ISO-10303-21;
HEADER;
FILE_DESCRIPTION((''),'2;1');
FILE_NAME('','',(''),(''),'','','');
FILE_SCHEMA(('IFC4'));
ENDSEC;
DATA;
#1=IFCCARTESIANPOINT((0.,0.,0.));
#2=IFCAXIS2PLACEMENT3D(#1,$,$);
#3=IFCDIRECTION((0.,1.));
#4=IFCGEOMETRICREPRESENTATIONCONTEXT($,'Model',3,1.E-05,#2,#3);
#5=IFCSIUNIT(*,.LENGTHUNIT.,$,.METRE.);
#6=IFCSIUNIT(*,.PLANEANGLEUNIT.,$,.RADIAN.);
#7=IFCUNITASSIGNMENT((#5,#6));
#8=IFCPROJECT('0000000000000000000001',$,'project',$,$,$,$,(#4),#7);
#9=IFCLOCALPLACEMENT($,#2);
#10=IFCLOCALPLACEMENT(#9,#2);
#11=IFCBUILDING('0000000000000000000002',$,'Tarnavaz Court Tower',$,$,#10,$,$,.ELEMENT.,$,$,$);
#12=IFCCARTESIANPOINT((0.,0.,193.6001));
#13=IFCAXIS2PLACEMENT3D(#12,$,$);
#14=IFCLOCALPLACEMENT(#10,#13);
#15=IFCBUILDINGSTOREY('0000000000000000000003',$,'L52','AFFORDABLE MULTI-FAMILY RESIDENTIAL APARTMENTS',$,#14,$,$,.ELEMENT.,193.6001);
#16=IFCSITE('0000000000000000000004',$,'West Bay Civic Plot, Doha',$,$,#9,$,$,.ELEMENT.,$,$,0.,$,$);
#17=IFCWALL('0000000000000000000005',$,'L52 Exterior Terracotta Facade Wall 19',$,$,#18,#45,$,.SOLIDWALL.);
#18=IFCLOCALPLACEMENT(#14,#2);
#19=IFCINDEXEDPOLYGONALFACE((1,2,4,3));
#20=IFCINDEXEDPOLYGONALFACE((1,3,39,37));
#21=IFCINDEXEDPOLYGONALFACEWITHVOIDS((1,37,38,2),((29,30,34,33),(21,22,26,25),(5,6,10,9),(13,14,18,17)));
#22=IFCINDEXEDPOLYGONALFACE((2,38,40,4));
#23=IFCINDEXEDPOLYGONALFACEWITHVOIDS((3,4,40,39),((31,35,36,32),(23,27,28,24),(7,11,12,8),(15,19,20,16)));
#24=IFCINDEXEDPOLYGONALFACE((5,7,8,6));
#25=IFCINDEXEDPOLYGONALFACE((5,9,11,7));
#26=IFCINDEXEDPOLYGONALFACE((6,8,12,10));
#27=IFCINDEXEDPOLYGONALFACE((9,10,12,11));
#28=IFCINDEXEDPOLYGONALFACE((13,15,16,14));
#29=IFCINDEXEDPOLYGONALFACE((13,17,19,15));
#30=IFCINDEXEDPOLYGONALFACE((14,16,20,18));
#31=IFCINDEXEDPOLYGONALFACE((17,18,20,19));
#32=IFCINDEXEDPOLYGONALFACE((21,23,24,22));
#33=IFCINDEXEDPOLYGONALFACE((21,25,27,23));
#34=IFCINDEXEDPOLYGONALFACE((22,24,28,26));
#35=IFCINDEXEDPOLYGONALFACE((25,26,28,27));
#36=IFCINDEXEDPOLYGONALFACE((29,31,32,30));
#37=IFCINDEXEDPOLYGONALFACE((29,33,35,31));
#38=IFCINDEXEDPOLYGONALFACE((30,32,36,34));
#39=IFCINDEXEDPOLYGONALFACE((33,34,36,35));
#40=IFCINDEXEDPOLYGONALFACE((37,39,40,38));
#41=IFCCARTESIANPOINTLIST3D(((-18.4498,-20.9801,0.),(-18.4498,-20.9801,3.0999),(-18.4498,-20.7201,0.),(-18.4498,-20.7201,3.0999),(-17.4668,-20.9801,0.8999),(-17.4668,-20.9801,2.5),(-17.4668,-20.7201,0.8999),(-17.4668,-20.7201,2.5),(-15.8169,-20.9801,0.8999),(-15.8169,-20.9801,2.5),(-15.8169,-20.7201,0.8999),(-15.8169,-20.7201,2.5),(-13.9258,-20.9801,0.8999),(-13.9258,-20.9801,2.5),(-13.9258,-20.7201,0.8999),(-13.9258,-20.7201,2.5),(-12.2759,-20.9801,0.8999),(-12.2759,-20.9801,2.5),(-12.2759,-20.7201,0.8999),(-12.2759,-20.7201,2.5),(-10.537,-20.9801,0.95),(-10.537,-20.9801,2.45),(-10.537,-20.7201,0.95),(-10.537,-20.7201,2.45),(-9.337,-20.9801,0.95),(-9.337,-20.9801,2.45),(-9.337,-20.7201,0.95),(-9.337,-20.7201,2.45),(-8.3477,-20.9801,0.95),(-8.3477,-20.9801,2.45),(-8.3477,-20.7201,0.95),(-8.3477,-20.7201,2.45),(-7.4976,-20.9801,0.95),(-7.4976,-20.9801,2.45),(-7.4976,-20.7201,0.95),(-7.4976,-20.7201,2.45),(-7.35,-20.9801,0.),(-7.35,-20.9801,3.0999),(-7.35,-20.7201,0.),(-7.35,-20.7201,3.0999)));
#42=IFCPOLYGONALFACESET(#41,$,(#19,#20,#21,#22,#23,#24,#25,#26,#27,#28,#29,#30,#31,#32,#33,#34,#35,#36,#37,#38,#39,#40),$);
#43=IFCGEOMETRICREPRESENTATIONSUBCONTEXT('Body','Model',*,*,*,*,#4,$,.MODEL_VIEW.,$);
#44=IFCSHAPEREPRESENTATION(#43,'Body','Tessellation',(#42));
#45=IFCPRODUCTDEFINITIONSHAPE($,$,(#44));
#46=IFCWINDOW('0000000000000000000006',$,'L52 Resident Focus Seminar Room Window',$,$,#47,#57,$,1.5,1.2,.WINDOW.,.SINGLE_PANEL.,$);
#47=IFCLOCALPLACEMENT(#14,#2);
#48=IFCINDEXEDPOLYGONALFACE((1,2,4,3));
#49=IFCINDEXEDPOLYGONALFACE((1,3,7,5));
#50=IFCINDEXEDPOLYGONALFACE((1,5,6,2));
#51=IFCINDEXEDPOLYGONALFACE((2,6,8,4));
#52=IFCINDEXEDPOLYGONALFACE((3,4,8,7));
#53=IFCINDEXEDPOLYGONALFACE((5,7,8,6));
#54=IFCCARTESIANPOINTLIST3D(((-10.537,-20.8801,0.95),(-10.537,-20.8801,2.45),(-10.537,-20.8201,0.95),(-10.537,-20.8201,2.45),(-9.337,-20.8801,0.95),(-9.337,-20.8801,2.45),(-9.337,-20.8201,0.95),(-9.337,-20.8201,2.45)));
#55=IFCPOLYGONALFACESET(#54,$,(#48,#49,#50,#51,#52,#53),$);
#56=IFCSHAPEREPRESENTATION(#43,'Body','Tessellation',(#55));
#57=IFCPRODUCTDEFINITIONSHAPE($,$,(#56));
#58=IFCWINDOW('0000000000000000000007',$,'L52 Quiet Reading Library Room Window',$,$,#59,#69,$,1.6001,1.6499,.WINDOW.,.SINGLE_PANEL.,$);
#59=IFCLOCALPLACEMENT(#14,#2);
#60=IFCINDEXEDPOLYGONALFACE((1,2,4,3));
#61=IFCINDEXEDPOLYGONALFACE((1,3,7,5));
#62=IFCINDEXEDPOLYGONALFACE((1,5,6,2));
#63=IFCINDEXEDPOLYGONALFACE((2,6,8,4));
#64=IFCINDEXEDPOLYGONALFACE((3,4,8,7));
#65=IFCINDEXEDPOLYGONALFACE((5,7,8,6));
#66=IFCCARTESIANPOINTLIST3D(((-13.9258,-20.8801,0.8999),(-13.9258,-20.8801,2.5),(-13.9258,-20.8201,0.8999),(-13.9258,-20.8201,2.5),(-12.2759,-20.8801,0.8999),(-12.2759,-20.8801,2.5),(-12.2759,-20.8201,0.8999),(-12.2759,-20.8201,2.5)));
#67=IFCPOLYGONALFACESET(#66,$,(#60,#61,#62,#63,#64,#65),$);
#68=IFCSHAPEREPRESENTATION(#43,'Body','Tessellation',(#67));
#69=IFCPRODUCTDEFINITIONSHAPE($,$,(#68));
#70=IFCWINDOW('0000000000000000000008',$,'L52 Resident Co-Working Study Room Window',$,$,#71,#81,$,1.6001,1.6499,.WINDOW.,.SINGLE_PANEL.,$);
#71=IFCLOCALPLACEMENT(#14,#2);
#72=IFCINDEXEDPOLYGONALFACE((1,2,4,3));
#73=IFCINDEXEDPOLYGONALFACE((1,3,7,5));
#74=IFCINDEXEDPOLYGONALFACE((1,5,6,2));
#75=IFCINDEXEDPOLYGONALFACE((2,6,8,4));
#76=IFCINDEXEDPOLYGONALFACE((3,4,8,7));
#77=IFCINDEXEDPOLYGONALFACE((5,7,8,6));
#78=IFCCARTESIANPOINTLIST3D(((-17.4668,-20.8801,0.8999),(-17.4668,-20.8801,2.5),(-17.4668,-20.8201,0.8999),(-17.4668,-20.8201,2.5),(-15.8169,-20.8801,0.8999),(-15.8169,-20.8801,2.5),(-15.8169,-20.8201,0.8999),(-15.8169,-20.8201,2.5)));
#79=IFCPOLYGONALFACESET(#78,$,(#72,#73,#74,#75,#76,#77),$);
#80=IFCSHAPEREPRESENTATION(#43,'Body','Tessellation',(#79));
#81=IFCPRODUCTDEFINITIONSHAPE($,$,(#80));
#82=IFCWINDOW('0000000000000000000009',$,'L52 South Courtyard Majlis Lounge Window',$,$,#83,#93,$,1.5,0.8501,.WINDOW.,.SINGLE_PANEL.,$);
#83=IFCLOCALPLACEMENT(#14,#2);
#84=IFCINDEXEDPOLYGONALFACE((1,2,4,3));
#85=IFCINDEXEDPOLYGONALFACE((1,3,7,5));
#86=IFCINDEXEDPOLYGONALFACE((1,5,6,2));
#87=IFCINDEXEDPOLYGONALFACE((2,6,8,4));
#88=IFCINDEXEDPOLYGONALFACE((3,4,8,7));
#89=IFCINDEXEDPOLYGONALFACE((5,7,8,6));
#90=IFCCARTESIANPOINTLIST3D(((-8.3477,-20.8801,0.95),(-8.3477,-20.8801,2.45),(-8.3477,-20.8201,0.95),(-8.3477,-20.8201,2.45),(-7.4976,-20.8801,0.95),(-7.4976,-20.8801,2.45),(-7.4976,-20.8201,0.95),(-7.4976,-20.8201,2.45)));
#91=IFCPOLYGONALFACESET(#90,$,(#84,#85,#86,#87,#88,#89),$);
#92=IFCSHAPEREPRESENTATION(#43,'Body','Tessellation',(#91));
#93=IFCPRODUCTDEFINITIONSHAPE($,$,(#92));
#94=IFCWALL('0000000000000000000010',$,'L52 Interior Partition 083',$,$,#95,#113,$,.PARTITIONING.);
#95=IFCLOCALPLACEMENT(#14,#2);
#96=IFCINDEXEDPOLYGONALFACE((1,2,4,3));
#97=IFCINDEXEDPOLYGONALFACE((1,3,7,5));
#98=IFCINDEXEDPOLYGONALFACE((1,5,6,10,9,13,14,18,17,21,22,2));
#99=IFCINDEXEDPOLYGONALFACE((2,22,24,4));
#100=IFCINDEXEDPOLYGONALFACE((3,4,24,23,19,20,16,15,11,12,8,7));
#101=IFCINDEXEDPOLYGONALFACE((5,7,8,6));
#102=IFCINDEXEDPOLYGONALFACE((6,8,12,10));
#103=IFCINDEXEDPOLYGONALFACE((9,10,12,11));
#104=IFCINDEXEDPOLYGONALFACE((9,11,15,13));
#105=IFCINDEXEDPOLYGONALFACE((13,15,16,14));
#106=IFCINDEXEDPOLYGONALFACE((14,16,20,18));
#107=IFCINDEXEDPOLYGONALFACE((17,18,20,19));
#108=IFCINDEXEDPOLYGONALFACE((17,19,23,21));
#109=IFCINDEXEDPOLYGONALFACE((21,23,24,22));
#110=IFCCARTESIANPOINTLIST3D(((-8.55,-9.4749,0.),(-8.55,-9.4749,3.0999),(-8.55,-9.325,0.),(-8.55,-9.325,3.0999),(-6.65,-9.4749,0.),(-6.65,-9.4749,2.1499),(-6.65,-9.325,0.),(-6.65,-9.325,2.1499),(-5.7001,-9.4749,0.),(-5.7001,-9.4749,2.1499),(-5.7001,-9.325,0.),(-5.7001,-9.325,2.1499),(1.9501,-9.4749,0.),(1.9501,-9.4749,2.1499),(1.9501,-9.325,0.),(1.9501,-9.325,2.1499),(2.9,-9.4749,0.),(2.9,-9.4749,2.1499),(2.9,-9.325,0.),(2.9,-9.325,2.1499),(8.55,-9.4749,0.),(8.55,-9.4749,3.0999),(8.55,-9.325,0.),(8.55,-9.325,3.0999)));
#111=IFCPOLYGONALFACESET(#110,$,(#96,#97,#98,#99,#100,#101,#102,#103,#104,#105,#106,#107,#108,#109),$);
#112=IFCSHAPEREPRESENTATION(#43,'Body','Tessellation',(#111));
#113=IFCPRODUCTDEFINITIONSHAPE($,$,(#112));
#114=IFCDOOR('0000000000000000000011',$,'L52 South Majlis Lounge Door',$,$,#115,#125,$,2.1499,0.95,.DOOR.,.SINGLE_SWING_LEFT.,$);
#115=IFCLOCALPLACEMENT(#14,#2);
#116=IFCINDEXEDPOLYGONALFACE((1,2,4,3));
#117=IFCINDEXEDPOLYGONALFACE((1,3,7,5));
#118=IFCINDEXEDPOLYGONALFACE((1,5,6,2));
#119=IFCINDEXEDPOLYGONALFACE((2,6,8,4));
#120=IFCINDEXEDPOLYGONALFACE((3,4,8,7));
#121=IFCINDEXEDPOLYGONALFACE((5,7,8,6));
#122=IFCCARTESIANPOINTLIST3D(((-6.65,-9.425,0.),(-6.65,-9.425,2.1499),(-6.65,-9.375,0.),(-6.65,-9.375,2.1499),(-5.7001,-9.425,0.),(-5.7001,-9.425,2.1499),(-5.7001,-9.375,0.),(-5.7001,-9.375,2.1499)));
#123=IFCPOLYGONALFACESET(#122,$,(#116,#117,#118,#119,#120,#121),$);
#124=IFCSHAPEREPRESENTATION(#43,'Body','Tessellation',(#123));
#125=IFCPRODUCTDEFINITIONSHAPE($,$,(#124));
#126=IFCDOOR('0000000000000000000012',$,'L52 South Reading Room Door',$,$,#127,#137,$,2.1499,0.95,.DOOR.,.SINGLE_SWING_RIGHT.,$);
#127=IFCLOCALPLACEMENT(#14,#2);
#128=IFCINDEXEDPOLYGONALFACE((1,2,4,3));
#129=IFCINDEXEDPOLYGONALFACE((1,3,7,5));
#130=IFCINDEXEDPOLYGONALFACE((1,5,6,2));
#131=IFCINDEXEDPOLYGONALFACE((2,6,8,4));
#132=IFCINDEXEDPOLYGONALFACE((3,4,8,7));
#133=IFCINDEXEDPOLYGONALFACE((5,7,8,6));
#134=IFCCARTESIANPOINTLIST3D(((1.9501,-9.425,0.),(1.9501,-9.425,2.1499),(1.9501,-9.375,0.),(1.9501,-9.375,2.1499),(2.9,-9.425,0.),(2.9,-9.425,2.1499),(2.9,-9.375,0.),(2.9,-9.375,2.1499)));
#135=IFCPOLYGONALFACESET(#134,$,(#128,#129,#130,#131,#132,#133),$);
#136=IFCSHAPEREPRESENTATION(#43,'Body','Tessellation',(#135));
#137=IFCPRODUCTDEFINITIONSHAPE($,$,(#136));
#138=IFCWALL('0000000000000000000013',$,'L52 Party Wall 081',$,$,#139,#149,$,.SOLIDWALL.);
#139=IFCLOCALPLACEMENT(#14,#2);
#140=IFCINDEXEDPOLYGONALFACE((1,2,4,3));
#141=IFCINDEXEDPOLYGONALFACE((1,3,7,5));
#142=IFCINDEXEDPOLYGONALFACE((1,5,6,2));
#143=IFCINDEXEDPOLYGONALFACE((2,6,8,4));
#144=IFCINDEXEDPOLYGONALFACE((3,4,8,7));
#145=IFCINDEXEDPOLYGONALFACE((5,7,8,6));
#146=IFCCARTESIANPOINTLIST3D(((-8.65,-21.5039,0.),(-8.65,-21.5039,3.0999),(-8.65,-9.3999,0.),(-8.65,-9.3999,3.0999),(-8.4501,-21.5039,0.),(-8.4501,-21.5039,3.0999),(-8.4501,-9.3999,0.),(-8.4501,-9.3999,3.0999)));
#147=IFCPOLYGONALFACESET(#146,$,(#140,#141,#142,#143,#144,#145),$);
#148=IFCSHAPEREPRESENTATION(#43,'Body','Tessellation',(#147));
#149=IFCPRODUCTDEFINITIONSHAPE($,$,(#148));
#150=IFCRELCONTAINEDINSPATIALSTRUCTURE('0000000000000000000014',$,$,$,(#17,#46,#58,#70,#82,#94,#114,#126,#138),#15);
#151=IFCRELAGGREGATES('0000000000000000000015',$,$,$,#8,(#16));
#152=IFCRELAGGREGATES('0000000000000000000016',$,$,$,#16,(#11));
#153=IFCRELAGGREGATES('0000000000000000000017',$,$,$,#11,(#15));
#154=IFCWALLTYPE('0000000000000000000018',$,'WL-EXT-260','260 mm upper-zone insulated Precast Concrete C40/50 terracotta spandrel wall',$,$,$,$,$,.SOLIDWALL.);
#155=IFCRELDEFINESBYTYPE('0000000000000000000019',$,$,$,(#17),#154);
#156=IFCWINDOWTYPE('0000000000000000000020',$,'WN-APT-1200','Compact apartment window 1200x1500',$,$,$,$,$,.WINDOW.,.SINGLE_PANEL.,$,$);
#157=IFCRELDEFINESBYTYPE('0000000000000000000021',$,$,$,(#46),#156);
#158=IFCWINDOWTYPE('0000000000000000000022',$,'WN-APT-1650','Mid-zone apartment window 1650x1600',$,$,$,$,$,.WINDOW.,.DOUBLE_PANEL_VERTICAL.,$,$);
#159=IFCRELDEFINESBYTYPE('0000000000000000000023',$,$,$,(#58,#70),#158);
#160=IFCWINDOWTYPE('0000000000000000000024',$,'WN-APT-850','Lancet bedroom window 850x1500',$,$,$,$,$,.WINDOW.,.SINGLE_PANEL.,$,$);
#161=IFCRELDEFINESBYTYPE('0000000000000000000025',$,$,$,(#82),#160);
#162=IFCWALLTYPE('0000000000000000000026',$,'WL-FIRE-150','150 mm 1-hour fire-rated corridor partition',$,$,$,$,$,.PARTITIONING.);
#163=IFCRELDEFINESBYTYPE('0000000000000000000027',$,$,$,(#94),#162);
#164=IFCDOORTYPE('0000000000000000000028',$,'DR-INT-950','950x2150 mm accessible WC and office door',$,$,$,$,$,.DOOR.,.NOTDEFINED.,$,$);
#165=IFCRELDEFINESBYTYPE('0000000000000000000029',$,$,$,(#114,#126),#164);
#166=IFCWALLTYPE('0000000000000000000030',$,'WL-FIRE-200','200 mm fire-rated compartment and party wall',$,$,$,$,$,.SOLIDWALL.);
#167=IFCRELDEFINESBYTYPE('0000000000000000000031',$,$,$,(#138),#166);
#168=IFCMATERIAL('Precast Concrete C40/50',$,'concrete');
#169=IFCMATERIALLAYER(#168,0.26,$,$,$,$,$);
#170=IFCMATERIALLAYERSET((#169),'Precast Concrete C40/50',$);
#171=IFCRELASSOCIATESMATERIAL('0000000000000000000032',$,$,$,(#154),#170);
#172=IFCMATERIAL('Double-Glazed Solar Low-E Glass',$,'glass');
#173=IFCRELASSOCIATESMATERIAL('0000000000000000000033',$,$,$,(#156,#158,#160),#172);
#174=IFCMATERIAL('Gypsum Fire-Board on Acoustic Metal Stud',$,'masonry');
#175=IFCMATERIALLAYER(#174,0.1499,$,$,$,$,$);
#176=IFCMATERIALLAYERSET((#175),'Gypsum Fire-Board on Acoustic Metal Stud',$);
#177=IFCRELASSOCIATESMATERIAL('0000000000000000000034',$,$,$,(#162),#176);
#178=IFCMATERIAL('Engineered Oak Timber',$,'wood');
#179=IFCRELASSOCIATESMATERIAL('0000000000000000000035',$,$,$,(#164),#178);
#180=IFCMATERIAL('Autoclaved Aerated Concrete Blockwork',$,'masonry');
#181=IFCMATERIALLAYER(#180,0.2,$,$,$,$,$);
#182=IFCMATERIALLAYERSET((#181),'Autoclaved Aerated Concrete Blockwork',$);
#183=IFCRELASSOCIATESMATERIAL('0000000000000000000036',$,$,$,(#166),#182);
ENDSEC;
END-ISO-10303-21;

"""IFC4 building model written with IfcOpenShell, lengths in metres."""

from ifc_helpers import new_model, si_unit, direction, frame, frame_2d, origin, place, context, subcontext, project, spatial, rectangle, extrude, material, layer, layer_set, type_object, element, fill, save


model = new_model("IFC4")

# Units and contexts
model_context = context("Model", 3, precision=1e-05, world=origin(), true_north=direction((0.0, 1.0)))
body_context = subcontext(model_context, "Body", "Model", "MODEL_VIEW")
ifc_project = project(units=[si_unit("LENGTHUNIT", "METRE"), si_unit("PLANEANGLEUNIT", "RADIAN")], contexts=[model_context])

# Site, building, storey
site_placement = place(None, origin())
site = spatial("IfcSite", under=ifc_project, at=site_placement, Name="West Bay Civic Plot, Doha", CompositionType="ELEMENT", RefElevation=0.0)
building_placement = place(site_placement, origin())
building = spatial("IfcBuilding", under=site, at=building_placement, Name="Tarnavaz Court Tower", CompositionType="ELEMENT")
storey_placement = place(building_placement, frame((0.0, 0.0, 193.6001)))
storey = spatial("IfcBuildingStorey", under=building, at=storey_placement, Name="L52", Description="AFFORDABLE MULTI-FAMILY RESIDENTIAL APARTMENTS", CompositionType="ELEMENT", Elevation=193.6001)

# Shared definitions
ifc_material_1 = material(Name="Double-Glazed Solar Low-E Glass", Category="glass")

# Shared definitions
ifc_material_2 = material(Name="Precast Concrete C40/50", Category="concrete")
ifc_layer_1 = layer(ifc_material_2, 0.26)
ifc_layer_set_1 = layer_set([ifc_layer_1], Name="Precast Concrete C40/50")
wall_type_1 = type_object("IfcWallType", Name="WL-EXT-260", Description="260 mm upper-zone insulated Precast Concrete C40/50 terracotta spandrel wall", PredefinedType="SOLIDWALL", material=ifc_layer_set_1)
window_type_1 = type_object("IfcWindowType", Name="WN-APT-1200", Description="Compact apartment window 1200x1500", PartitioningType="SINGLE_PANEL", PredefinedType="WINDOW", material=ifc_material_1)

# Wall, openings, windows
wall_1_placement = place(storey_placement, frame((-7.3501, -20.8501, 0.0), z_axis=(0.0, 0.0, 1.0), x_axis=(-1.0, 0.0, 0.0)))
wall_1 = element("IfcWall", 1, at=wall_1_placement, inside=storey, type_object=wall_type_1, Name="L52 Exterior Terracotta Facade Wall 19", PredefinedType="SOLIDWALL", context=body_context, shape_type="SweptSolid", body=[
    extrude(rectangle(XDim=11.0999, YDim=0.26, at=frame_2d((5.5498, 0.0))), origin(), (0.0, 0.0, 1.0), 3.0999),
])
opening_1_placement = place(wall_1_placement, frame((0.1475, 0.0, 0.95)))
opening_1 = element("IfcOpeningElement", 2, at=opening_1_placement, cuts=wall_1, PredefinedType="OPENING", context=body_context, shape_type="SweptSolid", body=[
    extrude(rectangle(XDim=0.8501, YDim=1.5, at=frame_2d((0.425, 0.75))), frame((0.0, 0.1399, 0.0), z_axis=(0.0, -1.0, 0.0), x_axis=(1.0, 0.0, 0.0)), (0.0, 0.0, 1.0), 0.28),
])
opening_2_placement = place(wall_1_placement, frame((1.9868, 0.0, 0.95)))
opening_2 = element("IfcOpeningElement", 3, at=opening_2_placement, cuts=wall_1, PredefinedType="OPENING", context=body_context, shape_type="SweptSolid", body=[
    extrude(rectangle(XDim=1.2, YDim=1.5, at=frame_2d((0.6001, 0.75))), frame((0.0, 0.1399, 0.0), z_axis=(0.0, -1.0, 0.0), x_axis=(1.0, 0.0, 0.0)), (0.0, 0.0, 1.0), 0.28),
])
opening_3_placement = place(wall_1_placement, frame((4.9258, 0.0, 0.8999)))
opening_3 = element("IfcOpeningElement", 4, at=opening_3_placement, cuts=wall_1, PredefinedType="OPENING", context=body_context, shape_type="SweptSolid", body=[
    extrude(rectangle(XDim=1.6499, YDim=1.6001, at=frame_2d((0.825, 0.8))), frame((0.0, 0.1399, 0.0), z_axis=(0.0, -1.0, 0.0), x_axis=(1.0, 0.0, 0.0)), (0.0, 0.0, 1.0), 0.28),
])
opening_4_placement = place(wall_1_placement, frame((8.4668, 0.0, 0.8999)))
opening_4 = element("IfcOpeningElement", 5, at=opening_4_placement, cuts=wall_1, PredefinedType="OPENING", context=body_context, shape_type="SweptSolid", body=[
    extrude(rectangle(XDim=1.6499, YDim=1.6001, at=frame_2d((0.825, 0.8))), frame((0.0, 0.1399, 0.0), z_axis=(0.0, -1.0, 0.0), x_axis=(1.0, 0.0, 0.0)), (0.0, 0.0, 1.0), 0.28),
])
window_1_placement = place(opening_2_placement, origin())
window_1 = element("IfcWindow", 6, at=window_1_placement, inside=storey, type_object=window_type_1, Name="L52 Resident Focus Seminar Room Window", OverallHeight=1.5, OverallWidth=1.2, PartitioningType="SINGLE_PANEL", PredefinedType="WINDOW", context=body_context, shape_type="SweptSolid", body=[
    extrude(rectangle(XDim=1.2, YDim=1.5, at=frame_2d((0.6001, 0.75))), frame((0.0, 0.03, 0.0), z_axis=(0.0, -1.0, 0.0), x_axis=(1.0, 0.0, 0.0)), (0.0, 0.0, 1.0), 0.0601),
])
fill(opening_2, window_1)
window_type_2 = type_object("IfcWindowType", Name="WN-APT-1650", Description="Mid-zone apartment window 1650x1600", PartitioningType="DOUBLE_PANEL_VERTICAL", PredefinedType="WINDOW", material=ifc_material_1)
window_2_placement = place(opening_3_placement, origin())
window_2 = element("IfcWindow", 7, at=window_2_placement, inside=storey, type_object=window_type_2, Name="L52 Quiet Reading Library Room Window", OverallHeight=1.6001, OverallWidth=1.6499, PartitioningType="SINGLE_PANEL", PredefinedType="WINDOW", context=body_context, shape_type="SweptSolid", body=[
    extrude(rectangle(XDim=1.6499, YDim=1.6001, at=frame_2d((0.825, 0.8))), frame((0.0, 0.03, 0.0), z_axis=(0.0, -1.0, 0.0), x_axis=(1.0, 0.0, 0.0)), (0.0, 0.0, 1.0), 0.0601),
])
fill(opening_3, window_2)
window_3_placement = place(opening_4_placement, origin())
window_3 = element("IfcWindow", 8, at=window_3_placement, inside=storey, type_object=window_type_2, Name="L52 Resident Co-Working Study Room Window", OverallHeight=1.6001, OverallWidth=1.6499, PartitioningType="SINGLE_PANEL", PredefinedType="WINDOW", context=body_context, shape_type="SweptSolid", body=[
    extrude(rectangle(XDim=1.6499, YDim=1.6001, at=frame_2d((0.825, 0.8))), frame((0.0, 0.03, 0.0), z_axis=(0.0, -1.0, 0.0), x_axis=(1.0, 0.0, 0.0)), (0.0, 0.0, 1.0), 0.0601),
])
fill(opening_4, window_3)
window_type_3 = type_object("IfcWindowType", Name="WN-APT-850", Description="Lancet bedroom window 850x1500", PartitioningType="SINGLE_PANEL", PredefinedType="WINDOW", material=ifc_material_1)
window_4_placement = place(opening_1_placement, origin())
window_4 = element("IfcWindow", 9, at=window_4_placement, inside=storey, type_object=window_type_3, Name="L52 South Courtyard Majlis Lounge Window", OverallHeight=1.5, OverallWidth=0.8501, PartitioningType="SINGLE_PANEL", PredefinedType="WINDOW", context=body_context, shape_type="SweptSolid", body=[
    extrude(rectangle(XDim=0.8501, YDim=1.5, at=frame_2d((0.425, 0.75))), frame((0.0, 0.03, 0.0), z_axis=(0.0, -1.0, 0.0), x_axis=(1.0, 0.0, 0.0)), (0.0, 0.0, 1.0), 0.0601),
])
fill(opening_1, window_4)

# Wall, openings, doors
ifc_material_3 = material(Name="Gypsum Fire-Board on Acoustic Metal Stud", Category="masonry")
ifc_layer_2 = layer(ifc_material_3, 0.1499)
ifc_layer_set_2 = layer_set([ifc_layer_2], Name="Gypsum Fire-Board on Acoustic Metal Stud")
wall_type_2 = type_object("IfcWallType", Name="WL-FIRE-150", Description="150 mm 1-hour fire-rated corridor partition", PredefinedType="PARTITIONING", material=ifc_layer_set_2)
wall_2_placement = place(storey_placement, frame((-8.55, -9.3999, 0.0), z_axis=(0.0, 0.0, 1.0), x_axis=(1.0, 0.0, 0.0)))
wall_2 = element("IfcWall", 10, at=wall_2_placement, inside=storey, type_object=wall_type_2, Name="L52 Interior Partition 083", PredefinedType="PARTITIONING", context=body_context, shape_type="SweptSolid", body=[
    extrude(rectangle(XDim=17.1001, YDim=0.1499, at=frame_2d((8.55, 0.0))), origin(), (0.0, 0.0, 1.0), 3.0999),
])
opening_5_placement = place(wall_2_placement, frame((1.8999, 0.0, 0.0)))
opening_5 = element("IfcOpeningElement", 11, at=opening_5_placement, cuts=wall_2, PredefinedType="OPENING", context=body_context, shape_type="SweptSolid", body=[
    extrude(rectangle(XDim=0.95, YDim=2.1499, at=frame_2d((0.4751, 1.075))), frame((0.0, 0.085, 0.0), z_axis=(0.0, -1.0, 0.0), x_axis=(1.0, 0.0, 0.0)), (0.0, 0.0, 1.0), 0.1699),
])
opening_6_placement = place(wall_2_placement, frame((10.5, 0.0, 0.0)))
opening_6 = element("IfcOpeningElement", 12, at=opening_6_placement, cuts=wall_2, PredefinedType="OPENING", context=body_context, shape_type="SweptSolid", body=[
    extrude(rectangle(XDim=0.95, YDim=2.1499, at=frame_2d((0.4751, 1.075))), frame((0.0, 0.085, 0.0), z_axis=(0.0, -1.0, 0.0), x_axis=(1.0, 0.0, 0.0)), (0.0, 0.0, 1.0), 0.1699),
])
ifc_material_4 = material(Name="Engineered Oak Timber", Category="wood")
door_type = type_object("IfcDoorType", Name="DR-INT-950", Description="950x2150 mm accessible WC and office door", OperationType="NOTDEFINED", PredefinedType="DOOR", material=ifc_material_4)
door_1_placement = place(opening_5_placement, origin())
door_1 = element("IfcDoor", 13, at=door_1_placement, inside=storey, type_object=door_type, Name="L52 South Majlis Lounge Door", OperationType="SINGLE_SWING_LEFT", OverallHeight=2.1499, OverallWidth=0.95, PredefinedType="DOOR", context=body_context, shape_type="SweptSolid", body=[
    extrude(rectangle(XDim=0.95, YDim=2.1499, at=frame_2d((0.4751, 1.075))), frame((0.0, 0.0249, 0.0), z_axis=(0.0, -1.0, 0.0), x_axis=(1.0, 0.0, 0.0)), (0.0, 0.0, 1.0), 0.05),
])
fill(opening_5, door_1)
door_2_placement = place(opening_6_placement, origin())
door_2 = element("IfcDoor", 14, at=door_2_placement, inside=storey, type_object=door_type, Name="L52 South Reading Room Door", OperationType="SINGLE_SWING_RIGHT", OverallHeight=2.1499, OverallWidth=0.95, PredefinedType="DOOR", context=body_context, shape_type="SweptSolid", body=[
    extrude(rectangle(XDim=0.95, YDim=2.1499, at=frame_2d((0.4751, 1.075))), frame((0.0, 0.0249, 0.0), z_axis=(0.0, -1.0, 0.0), x_axis=(1.0, 0.0, 0.0)), (0.0, 0.0, 1.0), 0.05),
])
fill(opening_6, door_2)

# Wall
ifc_material_5 = material(Name="Autoclaved Aerated Concrete Blockwork", Category="masonry")
ifc_layer_3 = layer(ifc_material_5, 0.2)
ifc_layer_set_3 = layer_set([ifc_layer_3], Name="Autoclaved Aerated Concrete Blockwork")
wall_type_3 = type_object("IfcWallType", Name="WL-FIRE-200", Description="200 mm fire-rated compartment and party wall", PredefinedType="SOLIDWALL", material=ifc_layer_set_3)
wall_3_placement = place(storey_placement, frame((-8.55, -21.5039, 0.0), z_axis=(0.0, 0.0, 1.0), x_axis=(0.0, 1.0, 0.0)))
element("IfcWall", 15, at=wall_3_placement, inside=storey, type_object=wall_type_3, Name="L52 Party Wall 081", PredefinedType="SOLIDWALL", context=body_context, shape_type="SweptSolid", body=[
    extrude(rectangle(XDim=12.104, YDim=0.2, at=frame_2d((6.052, 0.0))), origin(), (0.0, 0.0, 1.0), 3.0999),
])

save(model, "model.ifc")
